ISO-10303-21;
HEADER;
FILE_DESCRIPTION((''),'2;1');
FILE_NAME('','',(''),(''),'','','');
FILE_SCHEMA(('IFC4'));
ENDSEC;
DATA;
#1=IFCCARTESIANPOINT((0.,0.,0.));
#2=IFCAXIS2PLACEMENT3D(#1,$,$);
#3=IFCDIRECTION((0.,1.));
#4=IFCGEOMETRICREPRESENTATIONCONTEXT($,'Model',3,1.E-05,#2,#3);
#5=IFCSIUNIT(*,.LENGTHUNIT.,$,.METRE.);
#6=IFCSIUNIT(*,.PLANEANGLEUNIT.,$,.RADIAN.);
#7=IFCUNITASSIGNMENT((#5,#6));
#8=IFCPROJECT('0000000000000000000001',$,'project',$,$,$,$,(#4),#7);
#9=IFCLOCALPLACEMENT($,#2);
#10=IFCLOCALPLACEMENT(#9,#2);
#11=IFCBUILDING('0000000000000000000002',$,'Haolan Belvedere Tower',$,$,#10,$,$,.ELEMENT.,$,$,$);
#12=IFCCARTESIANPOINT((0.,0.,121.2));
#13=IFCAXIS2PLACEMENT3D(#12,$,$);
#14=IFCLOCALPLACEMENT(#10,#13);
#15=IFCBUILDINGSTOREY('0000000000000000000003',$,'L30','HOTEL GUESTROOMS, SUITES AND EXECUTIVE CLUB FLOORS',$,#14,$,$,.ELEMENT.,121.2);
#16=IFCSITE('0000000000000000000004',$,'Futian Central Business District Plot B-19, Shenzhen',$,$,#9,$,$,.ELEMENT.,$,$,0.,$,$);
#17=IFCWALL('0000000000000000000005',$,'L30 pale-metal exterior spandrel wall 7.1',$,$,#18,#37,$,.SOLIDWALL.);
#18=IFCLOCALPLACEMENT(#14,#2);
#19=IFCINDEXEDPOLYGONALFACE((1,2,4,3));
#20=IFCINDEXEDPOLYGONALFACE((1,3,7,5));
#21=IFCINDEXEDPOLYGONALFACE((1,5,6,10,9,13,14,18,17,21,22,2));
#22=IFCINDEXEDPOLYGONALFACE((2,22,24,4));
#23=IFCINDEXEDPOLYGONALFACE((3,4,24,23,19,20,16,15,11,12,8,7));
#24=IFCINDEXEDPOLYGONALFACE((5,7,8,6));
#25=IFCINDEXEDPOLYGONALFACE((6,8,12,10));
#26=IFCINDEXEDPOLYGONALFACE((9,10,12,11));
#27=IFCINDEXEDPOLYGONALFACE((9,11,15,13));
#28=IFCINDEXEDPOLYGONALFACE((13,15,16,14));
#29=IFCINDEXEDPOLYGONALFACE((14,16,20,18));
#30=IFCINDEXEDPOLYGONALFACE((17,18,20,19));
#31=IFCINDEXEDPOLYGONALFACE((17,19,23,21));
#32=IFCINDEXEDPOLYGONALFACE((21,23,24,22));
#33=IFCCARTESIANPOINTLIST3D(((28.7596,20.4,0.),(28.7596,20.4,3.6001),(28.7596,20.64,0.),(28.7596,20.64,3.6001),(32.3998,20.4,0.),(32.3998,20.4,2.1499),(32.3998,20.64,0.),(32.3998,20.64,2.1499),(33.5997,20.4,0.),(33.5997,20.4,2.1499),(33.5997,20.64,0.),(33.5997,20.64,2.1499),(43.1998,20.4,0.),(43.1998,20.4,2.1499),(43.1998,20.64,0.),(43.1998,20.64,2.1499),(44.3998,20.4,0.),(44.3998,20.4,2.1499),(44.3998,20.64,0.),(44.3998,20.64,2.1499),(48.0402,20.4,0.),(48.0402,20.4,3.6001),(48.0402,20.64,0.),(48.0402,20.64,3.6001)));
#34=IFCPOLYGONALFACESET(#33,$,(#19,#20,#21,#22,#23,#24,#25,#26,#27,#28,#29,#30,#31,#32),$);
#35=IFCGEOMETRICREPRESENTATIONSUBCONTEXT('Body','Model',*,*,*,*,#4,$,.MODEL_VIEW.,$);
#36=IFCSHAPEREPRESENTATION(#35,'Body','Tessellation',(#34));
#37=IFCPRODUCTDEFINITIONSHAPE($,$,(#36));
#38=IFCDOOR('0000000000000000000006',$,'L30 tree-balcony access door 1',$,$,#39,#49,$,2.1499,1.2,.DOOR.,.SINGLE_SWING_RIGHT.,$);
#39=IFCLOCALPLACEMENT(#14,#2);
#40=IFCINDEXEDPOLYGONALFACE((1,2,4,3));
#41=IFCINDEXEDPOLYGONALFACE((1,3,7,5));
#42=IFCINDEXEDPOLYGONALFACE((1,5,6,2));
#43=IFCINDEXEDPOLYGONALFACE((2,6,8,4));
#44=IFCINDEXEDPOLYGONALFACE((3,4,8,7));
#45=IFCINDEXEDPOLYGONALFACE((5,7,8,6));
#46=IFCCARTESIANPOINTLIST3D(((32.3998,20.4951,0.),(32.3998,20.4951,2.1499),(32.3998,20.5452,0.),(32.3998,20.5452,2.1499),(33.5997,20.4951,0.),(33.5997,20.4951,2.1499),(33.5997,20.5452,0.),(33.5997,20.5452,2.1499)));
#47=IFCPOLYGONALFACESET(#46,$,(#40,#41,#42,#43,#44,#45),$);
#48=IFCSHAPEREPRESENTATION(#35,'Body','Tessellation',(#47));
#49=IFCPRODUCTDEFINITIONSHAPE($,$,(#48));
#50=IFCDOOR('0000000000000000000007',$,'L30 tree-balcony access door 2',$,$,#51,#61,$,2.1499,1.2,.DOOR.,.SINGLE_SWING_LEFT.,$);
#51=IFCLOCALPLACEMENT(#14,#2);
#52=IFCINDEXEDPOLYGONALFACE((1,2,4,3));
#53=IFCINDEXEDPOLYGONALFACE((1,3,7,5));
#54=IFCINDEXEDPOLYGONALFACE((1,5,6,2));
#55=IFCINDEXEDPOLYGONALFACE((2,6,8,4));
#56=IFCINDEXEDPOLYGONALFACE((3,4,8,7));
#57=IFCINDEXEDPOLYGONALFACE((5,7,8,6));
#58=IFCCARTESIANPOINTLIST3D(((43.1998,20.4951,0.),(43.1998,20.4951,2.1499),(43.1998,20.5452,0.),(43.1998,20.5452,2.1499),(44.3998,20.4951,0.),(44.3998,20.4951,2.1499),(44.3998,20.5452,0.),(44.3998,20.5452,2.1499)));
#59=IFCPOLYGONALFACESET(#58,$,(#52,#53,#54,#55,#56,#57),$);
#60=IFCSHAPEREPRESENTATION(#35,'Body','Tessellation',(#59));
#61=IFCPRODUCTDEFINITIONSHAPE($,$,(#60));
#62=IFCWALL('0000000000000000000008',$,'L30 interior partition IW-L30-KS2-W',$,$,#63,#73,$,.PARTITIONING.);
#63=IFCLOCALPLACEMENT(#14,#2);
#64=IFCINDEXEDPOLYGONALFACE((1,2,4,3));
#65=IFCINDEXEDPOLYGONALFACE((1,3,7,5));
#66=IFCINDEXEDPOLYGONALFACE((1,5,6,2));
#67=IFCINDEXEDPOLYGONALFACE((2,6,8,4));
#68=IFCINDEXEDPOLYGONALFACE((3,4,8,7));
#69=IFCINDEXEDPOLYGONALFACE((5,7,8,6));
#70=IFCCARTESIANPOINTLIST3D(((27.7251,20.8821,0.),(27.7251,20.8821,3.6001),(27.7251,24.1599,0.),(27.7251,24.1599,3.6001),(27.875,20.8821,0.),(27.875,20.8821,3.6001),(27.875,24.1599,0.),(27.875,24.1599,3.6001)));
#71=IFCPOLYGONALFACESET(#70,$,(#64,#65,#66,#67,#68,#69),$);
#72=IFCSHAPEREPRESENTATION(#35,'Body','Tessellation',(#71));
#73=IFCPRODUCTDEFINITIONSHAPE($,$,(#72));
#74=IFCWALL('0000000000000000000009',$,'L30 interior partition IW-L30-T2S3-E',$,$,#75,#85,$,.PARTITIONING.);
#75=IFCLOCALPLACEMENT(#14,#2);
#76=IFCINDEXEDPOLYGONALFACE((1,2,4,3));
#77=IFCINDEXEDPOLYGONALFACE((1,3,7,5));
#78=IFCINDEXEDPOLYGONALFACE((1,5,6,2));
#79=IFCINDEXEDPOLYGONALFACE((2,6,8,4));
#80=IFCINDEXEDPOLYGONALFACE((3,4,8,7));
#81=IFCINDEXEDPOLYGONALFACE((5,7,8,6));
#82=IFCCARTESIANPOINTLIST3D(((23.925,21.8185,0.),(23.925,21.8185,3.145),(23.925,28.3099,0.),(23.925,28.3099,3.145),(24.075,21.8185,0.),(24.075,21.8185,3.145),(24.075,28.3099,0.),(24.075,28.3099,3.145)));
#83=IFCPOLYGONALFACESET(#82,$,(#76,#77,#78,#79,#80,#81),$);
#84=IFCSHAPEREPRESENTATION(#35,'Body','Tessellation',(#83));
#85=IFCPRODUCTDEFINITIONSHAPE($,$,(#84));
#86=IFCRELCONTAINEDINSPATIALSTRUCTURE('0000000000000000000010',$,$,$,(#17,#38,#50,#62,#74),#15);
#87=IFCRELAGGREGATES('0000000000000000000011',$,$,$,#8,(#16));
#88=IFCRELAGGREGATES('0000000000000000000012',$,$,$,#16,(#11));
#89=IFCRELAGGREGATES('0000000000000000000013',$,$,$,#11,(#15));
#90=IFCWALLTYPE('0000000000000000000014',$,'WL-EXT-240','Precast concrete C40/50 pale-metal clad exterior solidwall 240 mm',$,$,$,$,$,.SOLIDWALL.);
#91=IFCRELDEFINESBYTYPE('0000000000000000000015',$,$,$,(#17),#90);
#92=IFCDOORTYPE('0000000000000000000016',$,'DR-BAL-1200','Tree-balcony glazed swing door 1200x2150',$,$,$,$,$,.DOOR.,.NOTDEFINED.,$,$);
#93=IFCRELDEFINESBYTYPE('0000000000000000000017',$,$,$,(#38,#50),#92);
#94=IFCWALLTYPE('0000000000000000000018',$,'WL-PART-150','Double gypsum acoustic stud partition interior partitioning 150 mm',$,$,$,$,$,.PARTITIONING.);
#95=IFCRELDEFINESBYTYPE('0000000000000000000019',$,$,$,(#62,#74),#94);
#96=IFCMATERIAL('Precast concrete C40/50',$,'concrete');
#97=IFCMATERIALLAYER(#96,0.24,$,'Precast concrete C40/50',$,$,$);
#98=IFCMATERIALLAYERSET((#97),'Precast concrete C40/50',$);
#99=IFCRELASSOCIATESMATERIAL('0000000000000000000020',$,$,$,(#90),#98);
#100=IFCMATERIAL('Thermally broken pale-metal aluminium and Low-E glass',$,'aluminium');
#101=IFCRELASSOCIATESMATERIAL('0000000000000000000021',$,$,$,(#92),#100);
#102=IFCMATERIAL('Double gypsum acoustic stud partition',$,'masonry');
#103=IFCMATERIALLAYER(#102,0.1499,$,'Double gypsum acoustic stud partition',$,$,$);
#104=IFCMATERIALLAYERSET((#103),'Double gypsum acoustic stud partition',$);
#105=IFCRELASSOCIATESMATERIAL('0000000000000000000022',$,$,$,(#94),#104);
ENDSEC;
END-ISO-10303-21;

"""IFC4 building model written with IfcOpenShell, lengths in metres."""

from ifc_helpers import new_model, si_unit, direction, frame, frame_2d, origin, place, context, subcontext, project, spatial, rectangle, extrude, material, layer, layer_set, type_object, element, fill, save


model = new_model("IFC4")

# Units and contexts
model_context = context("Model", 3, precision=1e-05, world=origin(), true_north=direction((0.0, 1.0)))
body_context = subcontext(model_context, "Body", "Model", "MODEL_VIEW")
ifc_project = project(units=[si_unit("LENGTHUNIT", "METRE"), si_unit("PLANEANGLEUNIT", "RADIAN")], contexts=[model_context])

# Site, building, storey
site_placement = place(None, origin())
site = spatial("IfcSite", under=ifc_project, at=site_placement, Name="Futian Central Business District Plot B-19, Shenzhen", CompositionType="ELEMENT", RefElevation=0.0)
building_placement = place(site_placement, origin())
building = spatial("IfcBuilding", under=site, at=building_placement, Name="Haolan Belvedere Tower", CompositionType="ELEMENT")
storey_placement = place(building_placement, frame((0.0, 0.0, 121.2)))
storey = spatial("IfcBuildingStorey", under=building, at=storey_placement, Name="L30", Description="HOTEL GUESTROOMS, SUITES AND EXECUTIVE CLUB FLOORS", CompositionType="ELEMENT", Elevation=121.2)

# Shared definitions
ifc_material_1 = material(Name="Precast concrete C40/50", Category="concrete")
ifc_layer_1 = layer(ifc_material_1, 0.24, Name="Precast concrete C40/50")
ifc_layer_set_1 = layer_set([ifc_layer_1], Name="Precast concrete C40/50")
wall_type_1 = type_object("IfcWallType", Name="WL-EXT-240", Description="Precast concrete C40/50 pale-metal clad exterior solidwall 240 mm", PredefinedType="SOLIDWALL", material=ifc_layer_set_1)

# Wall, openings, doors
wall_1_placement = place(storey_placement, frame((28.7598, 20.52, 0.0), z_axis=(0.0, 0.0, 1.0), x_axis=(1.0, 0.0, 0.0)))
wall_1 = element("IfcWall", 1, at=wall_1_placement, inside=storey, type_object=wall_type_1, Name="L30 pale-metal exterior spandrel wall 7.1", PredefinedType="SOLIDWALL", context=body_context, shape_type="SweptSolid", body=[
    extrude(rectangle(XDim=19.2805, YDim=0.24, at=frame_2d((9.6401, 0.0))), origin(), (0.0, 0.0, 1.0), 3.6001),
])
opening_1_placement = place(wall_1_placement, frame((4.8401, 0.0, 0.0), z_axis=(0.0, 0.0, 1.0), x_axis=(-1.0, 0.0, 0.0)))
opening_1 = element("IfcOpeningElement", 2, at=opening_1_placement, cuts=wall_1, PredefinedType="OPENING", context=body_context, shape_type="SweptSolid", body=[
    extrude(rectangle(XDim=1.2, YDim=2.1499, at=frame_2d((0.6001, 1.075))), frame((0.0, 0.1299, 0.0), z_axis=(0.0, -1.0, 0.0), x_axis=(1.0, 0.0, 0.0)), (0.0, 0.0, 1.0), 0.26),
])
opening_2_placement = place(wall_1_placement, frame((15.6401, 0.0, 0.0), z_axis=(0.0, 0.0, 1.0), x_axis=(-1.0, 0.0, 0.0)))
opening_2 = element("IfcOpeningElement", 3, at=opening_2_placement, cuts=wall_1, PredefinedType="OPENING", context=body_context, shape_type="SweptSolid", body=[
    extrude(rectangle(XDim=1.2, YDim=2.1499, at=frame_2d((0.6001, 1.075))), frame((0.0, 0.1299, 0.0), z_axis=(0.0, -1.0, 0.0), x_axis=(1.0, 0.0, 0.0)), (0.0, 0.0, 1.0), 0.26),
])
ifc_material_2 = material(Name="Thermally broken pale-metal aluminium and Low-E glass", Category="aluminium")
door_type_1 = type_object("IfcDoorType", Name="DR-BAL-1200", Description="Tree-balcony glazed swing door 1200x2150", OperationType="NOTDEFINED", PredefinedType="DOOR", material=ifc_material_2)
door_1_placement = place(opening_1_placement, origin())
door_1 = element("IfcDoor", 4, at=door_1_placement, inside=storey, type_object=door_type_1, Name="L30 tree-balcony access door 1", OperationType="SINGLE_SWING_RIGHT", OverallHeight=2.1499, OverallWidth=1.2, PredefinedType="DOOR", context=body_context, shape_type="SweptSolid", body=[
    extrude(rectangle(XDim=1.2, YDim=2.1499, at=frame_2d((0.6001, 1.075))), frame((0.0, 0.0249, 0.0), z_axis=(0.0, -1.0, 0.0), x_axis=(1.0, 0.0, 0.0)), (0.0, 0.0, 1.0), 0.05),
])
fill(opening_1, door_1)
door_2_placement = place(opening_2_placement, origin())
door_2 = element("IfcDoor", 5, at=door_2_placement, inside=storey, type_object=door_type_1, Name="L30 tree-balcony access door 2", OperationType="SINGLE_SWING_LEFT", OverallHeight=2.1499, OverallWidth=1.2, PredefinedType="DOOR", context=body_context, shape_type="SweptSolid", body=[
    extrude(rectangle(XDim=1.2, YDim=2.1499, at=frame_2d((0.6001, 1.075))), frame((0.0, 0.0249, 0.0), z_axis=(0.0, -1.0, 0.0), x_axis=(1.0, 0.0, 0.0)), (0.0, 0.0, 1.0), 0.05),
])
fill(opening_2, door_2)

# Shared definitions
ifc_material_3 = material(Name="Double gypsum acoustic stud partition", Category="masonry")
ifc_layer_2 = layer(ifc_material_3, 0.1499, Name="Double gypsum acoustic stud partition")
ifc_layer_set_2 = layer_set([ifc_layer_2], Name="Double gypsum acoustic stud partition")
wall_type_2 = type_object("IfcWallType", Name="WL-PART-150", Description="Double gypsum acoustic stud partition interior partitioning 150 mm", PredefinedType="PARTITIONING", material=ifc_layer_set_2)

# Walls
wall_2_placement = place(storey_placement, frame((27.8, 20.8821, 0.0), z_axis=(0.0, 0.0, 1.0), x_axis=(0.0, 1.0, 0.0)))
element("IfcWall", 6, at=wall_2_placement, inside=storey, type_object=wall_type_2, Name="L30 interior partition IW-L30-KS2-W", PredefinedType="PARTITIONING", context=body_context, shape_type="SweptSolid", body=[
    extrude(rectangle(XDim=3.2778, YDim=0.1499, at=frame_2d((1.6389, 0.0))), origin(), (0.0, 0.0, 1.0), 3.6001),
])
wall_3_placement = place(storey_placement, frame((24.0, 21.8186, 0.0), z_axis=(0.0, 0.0, 1.0), x_axis=(0.0, 1.0, 0.0)))
element("IfcWall", 7, at=wall_3_placement, inside=storey, type_object=wall_type_2, Name="L30 interior partition IW-L30-T2S3-E", PredefinedType="PARTITIONING", context=body_context, shape_type="SweptSolid", body=[
    extrude(rectangle(XDim=6.4915, YDim=0.1499, at=frame_2d((3.2456, 0.0))), origin(), (0.0, 0.0, 1.0), 3.145),
])

save(model, "model.ifc")
